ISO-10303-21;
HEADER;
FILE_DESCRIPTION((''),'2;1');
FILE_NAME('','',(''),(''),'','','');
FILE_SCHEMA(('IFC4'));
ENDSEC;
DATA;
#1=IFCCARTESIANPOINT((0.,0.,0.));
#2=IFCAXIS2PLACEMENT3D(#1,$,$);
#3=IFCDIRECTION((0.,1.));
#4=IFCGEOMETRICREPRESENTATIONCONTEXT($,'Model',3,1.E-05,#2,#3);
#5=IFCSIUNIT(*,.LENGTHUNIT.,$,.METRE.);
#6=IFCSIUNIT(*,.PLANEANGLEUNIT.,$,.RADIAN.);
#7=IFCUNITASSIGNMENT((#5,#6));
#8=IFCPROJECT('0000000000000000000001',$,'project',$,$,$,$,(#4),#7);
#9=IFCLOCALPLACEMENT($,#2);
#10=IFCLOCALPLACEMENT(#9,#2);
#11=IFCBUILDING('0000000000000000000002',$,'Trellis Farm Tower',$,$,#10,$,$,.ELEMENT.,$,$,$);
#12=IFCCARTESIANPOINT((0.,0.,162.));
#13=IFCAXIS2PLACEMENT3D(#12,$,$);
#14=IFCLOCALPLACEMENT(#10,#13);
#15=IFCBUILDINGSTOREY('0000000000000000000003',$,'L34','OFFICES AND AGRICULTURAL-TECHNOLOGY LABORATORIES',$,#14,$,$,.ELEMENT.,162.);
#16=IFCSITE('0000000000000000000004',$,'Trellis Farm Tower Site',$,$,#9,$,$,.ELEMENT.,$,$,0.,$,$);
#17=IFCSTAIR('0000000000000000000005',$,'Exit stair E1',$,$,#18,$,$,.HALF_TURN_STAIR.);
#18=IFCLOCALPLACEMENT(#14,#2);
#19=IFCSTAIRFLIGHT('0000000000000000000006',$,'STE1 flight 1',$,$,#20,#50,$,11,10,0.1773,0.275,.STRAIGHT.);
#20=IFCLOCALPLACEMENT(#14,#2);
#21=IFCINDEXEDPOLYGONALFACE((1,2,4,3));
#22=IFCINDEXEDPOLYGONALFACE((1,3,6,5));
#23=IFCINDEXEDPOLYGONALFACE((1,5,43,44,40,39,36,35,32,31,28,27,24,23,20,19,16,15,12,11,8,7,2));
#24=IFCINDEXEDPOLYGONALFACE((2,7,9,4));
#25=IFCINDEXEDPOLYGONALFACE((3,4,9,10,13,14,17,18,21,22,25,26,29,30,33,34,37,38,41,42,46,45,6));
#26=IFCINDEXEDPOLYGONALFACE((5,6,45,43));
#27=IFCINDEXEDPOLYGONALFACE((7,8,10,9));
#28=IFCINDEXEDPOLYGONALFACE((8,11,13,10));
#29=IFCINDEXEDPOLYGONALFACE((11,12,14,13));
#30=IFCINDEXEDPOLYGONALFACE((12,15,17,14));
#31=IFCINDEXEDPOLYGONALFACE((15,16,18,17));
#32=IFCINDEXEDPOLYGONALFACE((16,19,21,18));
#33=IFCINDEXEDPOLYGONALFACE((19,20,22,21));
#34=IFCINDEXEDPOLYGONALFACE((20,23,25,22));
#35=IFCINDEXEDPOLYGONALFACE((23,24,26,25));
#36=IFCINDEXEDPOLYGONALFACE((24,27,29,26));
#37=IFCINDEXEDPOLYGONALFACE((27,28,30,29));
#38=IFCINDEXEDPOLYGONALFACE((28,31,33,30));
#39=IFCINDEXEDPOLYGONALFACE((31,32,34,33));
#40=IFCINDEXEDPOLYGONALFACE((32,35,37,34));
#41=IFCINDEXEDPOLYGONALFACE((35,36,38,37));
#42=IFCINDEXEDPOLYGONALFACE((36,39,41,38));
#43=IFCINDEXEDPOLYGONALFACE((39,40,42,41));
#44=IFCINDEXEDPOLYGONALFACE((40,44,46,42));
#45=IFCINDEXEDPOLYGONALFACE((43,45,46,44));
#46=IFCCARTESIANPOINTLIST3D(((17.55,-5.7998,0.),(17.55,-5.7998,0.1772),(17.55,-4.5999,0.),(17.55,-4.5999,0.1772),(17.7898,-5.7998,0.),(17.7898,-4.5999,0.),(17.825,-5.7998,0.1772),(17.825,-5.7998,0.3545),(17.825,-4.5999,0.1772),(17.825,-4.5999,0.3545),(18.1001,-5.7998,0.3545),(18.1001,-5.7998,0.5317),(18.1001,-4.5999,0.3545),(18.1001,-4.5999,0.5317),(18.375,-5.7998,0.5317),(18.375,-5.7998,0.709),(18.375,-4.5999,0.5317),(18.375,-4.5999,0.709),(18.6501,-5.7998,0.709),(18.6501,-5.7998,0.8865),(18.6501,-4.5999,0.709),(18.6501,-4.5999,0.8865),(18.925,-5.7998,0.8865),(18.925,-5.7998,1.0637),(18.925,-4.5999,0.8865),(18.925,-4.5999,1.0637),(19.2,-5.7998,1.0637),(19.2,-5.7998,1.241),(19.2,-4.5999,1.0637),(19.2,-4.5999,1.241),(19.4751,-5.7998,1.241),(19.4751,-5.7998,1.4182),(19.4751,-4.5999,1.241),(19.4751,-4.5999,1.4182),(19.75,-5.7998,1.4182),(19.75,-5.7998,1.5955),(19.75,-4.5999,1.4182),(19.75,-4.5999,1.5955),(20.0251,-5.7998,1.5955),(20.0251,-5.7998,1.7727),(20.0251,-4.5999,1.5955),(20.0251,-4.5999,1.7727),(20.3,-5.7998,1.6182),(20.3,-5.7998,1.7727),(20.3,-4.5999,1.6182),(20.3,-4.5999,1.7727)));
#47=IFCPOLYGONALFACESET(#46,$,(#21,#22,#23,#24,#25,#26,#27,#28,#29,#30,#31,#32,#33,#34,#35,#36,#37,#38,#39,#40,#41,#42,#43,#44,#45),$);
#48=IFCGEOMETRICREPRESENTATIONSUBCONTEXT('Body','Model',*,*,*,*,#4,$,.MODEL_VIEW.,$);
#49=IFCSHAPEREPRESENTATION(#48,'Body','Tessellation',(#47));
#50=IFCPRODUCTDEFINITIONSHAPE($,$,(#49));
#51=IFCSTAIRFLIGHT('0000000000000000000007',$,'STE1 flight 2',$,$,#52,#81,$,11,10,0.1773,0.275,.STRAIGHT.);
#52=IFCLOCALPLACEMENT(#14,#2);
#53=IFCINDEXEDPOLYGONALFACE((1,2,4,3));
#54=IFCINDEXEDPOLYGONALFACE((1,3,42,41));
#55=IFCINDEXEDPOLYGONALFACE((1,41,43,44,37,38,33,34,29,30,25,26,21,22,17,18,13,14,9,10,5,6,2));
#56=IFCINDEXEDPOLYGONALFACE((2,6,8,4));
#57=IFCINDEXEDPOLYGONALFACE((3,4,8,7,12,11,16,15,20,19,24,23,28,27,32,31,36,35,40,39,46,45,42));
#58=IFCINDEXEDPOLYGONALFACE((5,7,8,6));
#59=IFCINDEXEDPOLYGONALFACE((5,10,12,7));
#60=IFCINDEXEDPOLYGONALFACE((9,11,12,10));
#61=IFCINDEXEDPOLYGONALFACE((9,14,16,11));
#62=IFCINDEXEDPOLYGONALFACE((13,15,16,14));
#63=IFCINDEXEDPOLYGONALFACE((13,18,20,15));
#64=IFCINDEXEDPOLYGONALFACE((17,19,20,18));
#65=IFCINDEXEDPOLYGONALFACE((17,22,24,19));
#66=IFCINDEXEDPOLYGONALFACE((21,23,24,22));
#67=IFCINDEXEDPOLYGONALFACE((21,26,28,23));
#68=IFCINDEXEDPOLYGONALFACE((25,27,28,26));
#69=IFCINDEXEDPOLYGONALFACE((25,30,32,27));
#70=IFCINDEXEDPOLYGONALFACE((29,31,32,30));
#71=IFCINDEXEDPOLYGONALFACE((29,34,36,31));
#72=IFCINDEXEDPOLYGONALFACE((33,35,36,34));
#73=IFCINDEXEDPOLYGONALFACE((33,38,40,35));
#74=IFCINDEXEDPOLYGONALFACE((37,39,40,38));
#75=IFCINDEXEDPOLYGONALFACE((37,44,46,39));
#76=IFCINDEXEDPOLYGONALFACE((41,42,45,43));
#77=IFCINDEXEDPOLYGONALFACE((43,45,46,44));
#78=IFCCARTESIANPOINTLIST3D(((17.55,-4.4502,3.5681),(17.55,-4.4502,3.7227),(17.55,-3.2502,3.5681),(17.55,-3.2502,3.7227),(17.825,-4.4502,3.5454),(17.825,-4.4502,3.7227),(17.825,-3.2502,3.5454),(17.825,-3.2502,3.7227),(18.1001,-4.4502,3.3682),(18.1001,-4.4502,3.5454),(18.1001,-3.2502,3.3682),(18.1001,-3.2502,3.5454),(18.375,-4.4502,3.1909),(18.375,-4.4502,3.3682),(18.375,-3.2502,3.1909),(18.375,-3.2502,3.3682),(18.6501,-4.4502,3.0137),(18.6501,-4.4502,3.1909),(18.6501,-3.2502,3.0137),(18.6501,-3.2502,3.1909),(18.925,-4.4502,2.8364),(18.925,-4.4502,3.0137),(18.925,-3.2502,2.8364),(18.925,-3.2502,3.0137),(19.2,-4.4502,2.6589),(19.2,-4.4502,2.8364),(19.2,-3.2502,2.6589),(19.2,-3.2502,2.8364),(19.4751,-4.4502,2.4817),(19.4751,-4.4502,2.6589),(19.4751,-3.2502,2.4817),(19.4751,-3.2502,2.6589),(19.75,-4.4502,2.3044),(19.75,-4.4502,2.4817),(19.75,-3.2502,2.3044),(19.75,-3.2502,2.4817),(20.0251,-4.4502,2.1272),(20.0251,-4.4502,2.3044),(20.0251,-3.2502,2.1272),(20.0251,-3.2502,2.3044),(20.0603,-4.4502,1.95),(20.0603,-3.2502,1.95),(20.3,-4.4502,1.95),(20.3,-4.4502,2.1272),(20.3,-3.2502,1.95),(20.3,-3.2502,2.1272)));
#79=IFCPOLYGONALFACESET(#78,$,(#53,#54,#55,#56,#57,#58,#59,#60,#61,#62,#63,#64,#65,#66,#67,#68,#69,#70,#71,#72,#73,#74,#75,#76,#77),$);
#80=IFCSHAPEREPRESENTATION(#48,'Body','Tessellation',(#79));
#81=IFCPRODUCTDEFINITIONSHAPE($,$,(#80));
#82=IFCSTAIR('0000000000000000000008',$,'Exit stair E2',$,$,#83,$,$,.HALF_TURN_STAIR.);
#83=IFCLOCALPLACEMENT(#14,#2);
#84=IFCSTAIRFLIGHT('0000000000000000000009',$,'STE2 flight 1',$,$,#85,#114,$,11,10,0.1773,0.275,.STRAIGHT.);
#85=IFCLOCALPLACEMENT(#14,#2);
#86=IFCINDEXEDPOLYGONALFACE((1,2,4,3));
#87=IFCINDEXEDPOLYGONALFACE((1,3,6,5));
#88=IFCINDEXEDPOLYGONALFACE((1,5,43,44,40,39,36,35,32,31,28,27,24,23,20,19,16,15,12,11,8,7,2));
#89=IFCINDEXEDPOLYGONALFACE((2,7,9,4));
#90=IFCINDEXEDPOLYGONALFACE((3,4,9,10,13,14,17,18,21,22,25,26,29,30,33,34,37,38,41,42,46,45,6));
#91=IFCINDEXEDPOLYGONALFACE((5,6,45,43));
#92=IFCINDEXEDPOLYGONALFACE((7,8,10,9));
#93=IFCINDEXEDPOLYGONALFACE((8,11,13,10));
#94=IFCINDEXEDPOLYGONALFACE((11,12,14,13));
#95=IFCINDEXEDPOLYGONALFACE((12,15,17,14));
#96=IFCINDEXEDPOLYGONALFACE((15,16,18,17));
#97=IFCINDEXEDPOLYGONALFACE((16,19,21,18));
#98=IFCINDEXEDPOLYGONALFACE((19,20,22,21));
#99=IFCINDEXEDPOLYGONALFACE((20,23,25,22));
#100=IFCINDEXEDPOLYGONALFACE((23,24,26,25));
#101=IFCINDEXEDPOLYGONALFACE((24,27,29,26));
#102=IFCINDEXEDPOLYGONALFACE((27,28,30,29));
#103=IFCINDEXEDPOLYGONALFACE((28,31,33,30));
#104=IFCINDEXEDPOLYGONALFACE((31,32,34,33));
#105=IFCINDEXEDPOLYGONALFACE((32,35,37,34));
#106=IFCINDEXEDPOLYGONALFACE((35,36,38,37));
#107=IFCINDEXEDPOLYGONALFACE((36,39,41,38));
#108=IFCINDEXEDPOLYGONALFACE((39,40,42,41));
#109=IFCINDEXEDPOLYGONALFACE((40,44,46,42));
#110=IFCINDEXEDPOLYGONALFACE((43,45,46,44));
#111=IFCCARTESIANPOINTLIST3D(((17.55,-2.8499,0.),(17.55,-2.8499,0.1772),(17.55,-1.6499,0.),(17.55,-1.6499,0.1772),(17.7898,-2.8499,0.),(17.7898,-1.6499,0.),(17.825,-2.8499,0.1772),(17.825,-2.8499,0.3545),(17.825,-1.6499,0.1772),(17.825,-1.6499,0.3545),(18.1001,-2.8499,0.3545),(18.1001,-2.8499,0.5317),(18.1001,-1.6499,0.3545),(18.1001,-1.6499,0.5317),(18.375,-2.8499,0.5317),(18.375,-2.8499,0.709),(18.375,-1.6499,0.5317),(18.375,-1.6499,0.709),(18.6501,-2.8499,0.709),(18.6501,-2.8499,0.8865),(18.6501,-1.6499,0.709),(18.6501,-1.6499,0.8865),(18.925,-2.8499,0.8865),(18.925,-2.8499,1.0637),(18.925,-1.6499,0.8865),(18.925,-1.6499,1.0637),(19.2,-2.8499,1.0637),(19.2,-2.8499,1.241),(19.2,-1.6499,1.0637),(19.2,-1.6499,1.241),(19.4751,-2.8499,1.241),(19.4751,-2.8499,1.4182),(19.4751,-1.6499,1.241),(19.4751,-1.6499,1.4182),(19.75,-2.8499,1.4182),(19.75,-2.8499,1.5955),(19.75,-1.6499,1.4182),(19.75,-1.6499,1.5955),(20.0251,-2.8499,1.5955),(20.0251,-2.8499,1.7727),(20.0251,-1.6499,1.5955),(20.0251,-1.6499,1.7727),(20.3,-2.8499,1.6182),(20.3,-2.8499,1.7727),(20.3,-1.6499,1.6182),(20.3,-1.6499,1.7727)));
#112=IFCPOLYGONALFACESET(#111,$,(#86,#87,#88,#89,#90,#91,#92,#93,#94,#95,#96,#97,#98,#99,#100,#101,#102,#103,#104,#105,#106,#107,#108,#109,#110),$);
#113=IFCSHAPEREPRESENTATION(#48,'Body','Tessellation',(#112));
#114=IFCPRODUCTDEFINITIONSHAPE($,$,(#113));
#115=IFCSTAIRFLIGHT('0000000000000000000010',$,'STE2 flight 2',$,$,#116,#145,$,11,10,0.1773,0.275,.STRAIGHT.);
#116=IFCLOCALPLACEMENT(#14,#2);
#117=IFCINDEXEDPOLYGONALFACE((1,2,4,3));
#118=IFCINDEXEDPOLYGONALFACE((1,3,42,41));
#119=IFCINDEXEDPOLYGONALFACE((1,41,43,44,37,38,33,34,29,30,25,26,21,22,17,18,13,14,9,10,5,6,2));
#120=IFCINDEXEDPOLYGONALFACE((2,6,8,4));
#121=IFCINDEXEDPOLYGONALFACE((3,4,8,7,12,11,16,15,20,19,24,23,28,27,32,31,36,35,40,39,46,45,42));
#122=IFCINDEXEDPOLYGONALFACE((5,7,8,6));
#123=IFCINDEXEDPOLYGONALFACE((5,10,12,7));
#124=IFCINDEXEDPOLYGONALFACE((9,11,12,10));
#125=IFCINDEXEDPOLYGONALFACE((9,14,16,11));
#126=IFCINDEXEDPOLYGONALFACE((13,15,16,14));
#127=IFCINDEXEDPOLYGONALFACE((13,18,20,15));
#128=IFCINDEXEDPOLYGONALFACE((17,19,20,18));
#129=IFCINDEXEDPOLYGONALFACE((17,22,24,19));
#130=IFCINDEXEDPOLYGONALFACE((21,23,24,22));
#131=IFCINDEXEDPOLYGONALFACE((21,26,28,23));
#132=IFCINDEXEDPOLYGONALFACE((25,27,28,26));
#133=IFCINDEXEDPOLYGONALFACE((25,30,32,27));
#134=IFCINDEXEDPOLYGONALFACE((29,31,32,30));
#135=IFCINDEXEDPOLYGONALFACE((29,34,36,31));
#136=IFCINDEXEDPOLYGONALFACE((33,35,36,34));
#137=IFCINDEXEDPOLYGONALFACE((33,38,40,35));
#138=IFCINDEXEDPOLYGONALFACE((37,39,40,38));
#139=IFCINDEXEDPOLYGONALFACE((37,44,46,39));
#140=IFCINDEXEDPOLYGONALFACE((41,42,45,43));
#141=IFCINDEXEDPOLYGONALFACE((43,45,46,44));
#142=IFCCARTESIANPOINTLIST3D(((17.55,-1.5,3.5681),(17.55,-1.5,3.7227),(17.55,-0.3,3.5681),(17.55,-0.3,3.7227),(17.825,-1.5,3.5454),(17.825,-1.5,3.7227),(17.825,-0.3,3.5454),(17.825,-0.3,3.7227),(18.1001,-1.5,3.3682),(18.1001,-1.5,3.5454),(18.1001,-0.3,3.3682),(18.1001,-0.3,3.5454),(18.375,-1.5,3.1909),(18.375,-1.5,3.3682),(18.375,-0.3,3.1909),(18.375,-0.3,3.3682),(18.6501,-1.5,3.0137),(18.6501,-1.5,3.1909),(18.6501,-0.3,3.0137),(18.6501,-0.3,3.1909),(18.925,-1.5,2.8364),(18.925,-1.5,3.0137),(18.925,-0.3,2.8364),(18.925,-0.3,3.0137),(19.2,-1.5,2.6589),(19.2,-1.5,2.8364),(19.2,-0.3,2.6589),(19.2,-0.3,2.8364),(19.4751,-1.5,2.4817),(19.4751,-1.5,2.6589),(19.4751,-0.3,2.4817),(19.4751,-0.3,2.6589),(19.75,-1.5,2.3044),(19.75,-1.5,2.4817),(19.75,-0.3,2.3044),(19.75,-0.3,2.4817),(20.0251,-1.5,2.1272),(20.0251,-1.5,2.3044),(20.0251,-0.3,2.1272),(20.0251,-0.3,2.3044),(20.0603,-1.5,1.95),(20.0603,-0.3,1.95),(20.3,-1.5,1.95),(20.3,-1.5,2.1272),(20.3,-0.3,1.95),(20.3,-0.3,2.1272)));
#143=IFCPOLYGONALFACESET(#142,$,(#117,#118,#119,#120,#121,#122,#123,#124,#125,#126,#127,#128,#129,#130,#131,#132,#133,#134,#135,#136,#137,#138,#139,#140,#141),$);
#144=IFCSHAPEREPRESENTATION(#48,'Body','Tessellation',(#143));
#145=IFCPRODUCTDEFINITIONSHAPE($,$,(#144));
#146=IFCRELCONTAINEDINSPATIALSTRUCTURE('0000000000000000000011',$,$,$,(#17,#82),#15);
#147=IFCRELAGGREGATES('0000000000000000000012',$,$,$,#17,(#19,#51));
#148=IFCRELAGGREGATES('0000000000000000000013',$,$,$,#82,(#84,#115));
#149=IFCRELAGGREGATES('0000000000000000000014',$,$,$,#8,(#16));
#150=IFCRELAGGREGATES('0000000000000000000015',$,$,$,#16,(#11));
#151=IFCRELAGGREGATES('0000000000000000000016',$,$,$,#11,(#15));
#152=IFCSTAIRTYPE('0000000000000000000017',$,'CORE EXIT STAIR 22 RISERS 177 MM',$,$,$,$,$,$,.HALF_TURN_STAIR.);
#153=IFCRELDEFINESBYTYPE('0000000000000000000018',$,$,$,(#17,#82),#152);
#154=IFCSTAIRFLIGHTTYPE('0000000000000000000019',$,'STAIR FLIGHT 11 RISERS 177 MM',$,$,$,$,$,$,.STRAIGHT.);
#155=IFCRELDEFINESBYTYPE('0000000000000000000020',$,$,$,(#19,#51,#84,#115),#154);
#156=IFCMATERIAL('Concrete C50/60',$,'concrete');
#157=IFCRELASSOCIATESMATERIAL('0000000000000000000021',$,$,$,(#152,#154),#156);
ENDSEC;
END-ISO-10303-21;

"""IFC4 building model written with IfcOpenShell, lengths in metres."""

from ifc_helpers import new_model, si_unit, direction, frame, origin, place, context, subcontext, project, spatial, polyline, outline, extrude, source, transform, mapped, material, type_object, element, aggregate, save


model = new_model("IFC4")

# Units and contexts
model_context = context("Model", 3, precision=1e-05, world=origin(), true_north=direction((0.0, 1.0)))
body_context = subcontext(model_context, "Body", "Model", "MODEL_VIEW")
ifc_project = project(units=[si_unit("LENGTHUNIT", "METRE"), si_unit("PLANEANGLEUNIT", "RADIAN")], contexts=[model_context])

# Site, building, storey
site_placement = place(None, origin())
site = spatial("IfcSite", under=ifc_project, at=site_placement, Name="Trellis Farm Tower Site", CompositionType="ELEMENT", RefElevation=0.0)
building_placement = place(site_placement, origin())
building = spatial("IfcBuilding", under=site, at=building_placement, Name="Trellis Farm Tower", CompositionType="ELEMENT")
storey_placement = place(building_placement, frame((0.0, 0.0, 162.0)))
storey = spatial("IfcBuildingStorey", under=building, at=storey_placement, Name="L34", Description="OFFICES AND AGRICULTURAL-TECHNOLOGY LABORATORIES", CompositionType="ELEMENT", Elevation=162.0)

# Shared definitions
placement = place(storey_placement, origin())

# Stairs, stair flights
ifc_material_1 = material(Name="Concrete C50/60", Category="concrete")
stair_type = type_object("IfcStairType", Name="CORE EXIT STAIR 22 RISERS 177 MM", PredefinedType="HALF_TURN_STAIR", material=ifc_material_1)
stair_1 = element("IfcStair", 1, at=placement, inside=storey, type_object=stair_type, Name="Exit stair E1", PredefinedType="HALF_TURN_STAIR")
stair_flight_type = type_object("IfcStairFlightType", Name="STAIR FLIGHT 11 RISERS 177 MM", PredefinedType="STRAIGHT", material=ifc_material_1)
shared_shape_1 = source(origin(), body_context, "Body", "SweptSolid", [
    extrude(outline(polyline([(0.0, 0.0), (0.0, 0.1772), (0.2749, 0.1772), (0.2749, 0.3545), (0.55, 0.3545), (0.55, 0.5317), (0.825, 0.5317), (0.825, 0.709), (1.1001, 0.709), (1.1001, 0.8865), (1.375, 0.8865), (1.375, 1.0637), (1.6499, 1.0637), (1.6499, 1.241), (1.925, 1.241), (1.925, 1.4182), (2.2, 1.4182), (2.2, 1.5955), (2.4751, 1.5955), (2.4751, 1.7727), (2.75, 1.7727), (2.75, 1.95), (2.75, 1.6182), (0.2397, 0.0), (0.0, 0.0)])), frame((0.0, 0.6001, 0.0), z_axis=(0.0, -1.0, 0.0), x_axis=(1.0, 0.0, 0.0)), (0.0, 0.0, 1.0), 1.2),
])
stair_flight_1_placement = place(storey_placement, frame((17.55, -5.2, 0.0), z_axis=(0.0, 0.0, 1.0), x_axis=(1.0, 0.0, 0.0)))
stair_flight_1 = element("IfcStairFlight", 2, at=stair_flight_1_placement, type_object=stair_flight_type, Name="STE1 flight 1", NumberOfRisers=11, NumberOfTreads=10, PredefinedType="STRAIGHT", RiserHeight=0.1773, TreadLength=0.275, context=body_context, shape_type="MappedRepresentation", body=[
    mapped(shared_shape_1, transform((0.0, 0.0, 0.0))),
])
stair_flight_2_placement = place(storey_placement, frame((20.3, -3.8501, 1.95), z_axis=(0.0, 0.0, 1.0), x_axis=(-1.0, 0.0, 0.0)))
stair_flight_2 = element("IfcStairFlight", 3, at=stair_flight_2_placement, type_object=stair_flight_type, Name="STE1 flight 2", NumberOfRisers=11, NumberOfTreads=10, PredefinedType="STRAIGHT", RiserHeight=0.1773, TreadLength=0.275, context=body_context, shape_type="MappedRepresentation", body=[
    mapped(shared_shape_1, transform((0.0, 0.0, 0.0))),
])
aggregate(stair_1, [stair_flight_1, stair_flight_2])
stair_2 = element("IfcStair", 4, at=placement, inside=storey, type_object=stair_type, Name="Exit stair E2", PredefinedType="HALF_TURN_STAIR")
stair_flight_3_placement = place(storey_placement, frame((17.55, -2.25, 0.0), z_axis=(0.0, 0.0, 1.0), x_axis=(1.0, 0.0, 0.0)))
stair_flight_3 = element("IfcStairFlight", 5, at=stair_flight_3_placement, type_object=stair_flight_type, Name="STE2 flight 1", NumberOfRisers=11, NumberOfTreads=10, PredefinedType="STRAIGHT", RiserHeight=0.1773, TreadLength=0.275, context=body_context, shape_type="MappedRepresentation", body=[
    mapped(shared_shape_1, transform((0.0, 0.0, 0.0))),
])
stair_flight_4_placement = place(storey_placement, frame((20.3, -0.8999, 1.95), z_axis=(0.0, 0.0, 1.0), x_axis=(-1.0, 0.0, 0.0)))
stair_flight_4 = element("IfcStairFlight", 6, at=stair_flight_4_placement, type_object=stair_flight_type, Name="STE2 flight 2", NumberOfRisers=11, NumberOfTreads=10, PredefinedType="STRAIGHT", RiserHeight=0.1773, TreadLength=0.275, context=body_context, shape_type="MappedRepresentation", body=[
    mapped(shared_shape_1, transform((0.0, 0.0, 0.0))),
])
aggregate(stair_2, [stair_flight_3, stair_flight_4])

save(model, "model.ifc")
